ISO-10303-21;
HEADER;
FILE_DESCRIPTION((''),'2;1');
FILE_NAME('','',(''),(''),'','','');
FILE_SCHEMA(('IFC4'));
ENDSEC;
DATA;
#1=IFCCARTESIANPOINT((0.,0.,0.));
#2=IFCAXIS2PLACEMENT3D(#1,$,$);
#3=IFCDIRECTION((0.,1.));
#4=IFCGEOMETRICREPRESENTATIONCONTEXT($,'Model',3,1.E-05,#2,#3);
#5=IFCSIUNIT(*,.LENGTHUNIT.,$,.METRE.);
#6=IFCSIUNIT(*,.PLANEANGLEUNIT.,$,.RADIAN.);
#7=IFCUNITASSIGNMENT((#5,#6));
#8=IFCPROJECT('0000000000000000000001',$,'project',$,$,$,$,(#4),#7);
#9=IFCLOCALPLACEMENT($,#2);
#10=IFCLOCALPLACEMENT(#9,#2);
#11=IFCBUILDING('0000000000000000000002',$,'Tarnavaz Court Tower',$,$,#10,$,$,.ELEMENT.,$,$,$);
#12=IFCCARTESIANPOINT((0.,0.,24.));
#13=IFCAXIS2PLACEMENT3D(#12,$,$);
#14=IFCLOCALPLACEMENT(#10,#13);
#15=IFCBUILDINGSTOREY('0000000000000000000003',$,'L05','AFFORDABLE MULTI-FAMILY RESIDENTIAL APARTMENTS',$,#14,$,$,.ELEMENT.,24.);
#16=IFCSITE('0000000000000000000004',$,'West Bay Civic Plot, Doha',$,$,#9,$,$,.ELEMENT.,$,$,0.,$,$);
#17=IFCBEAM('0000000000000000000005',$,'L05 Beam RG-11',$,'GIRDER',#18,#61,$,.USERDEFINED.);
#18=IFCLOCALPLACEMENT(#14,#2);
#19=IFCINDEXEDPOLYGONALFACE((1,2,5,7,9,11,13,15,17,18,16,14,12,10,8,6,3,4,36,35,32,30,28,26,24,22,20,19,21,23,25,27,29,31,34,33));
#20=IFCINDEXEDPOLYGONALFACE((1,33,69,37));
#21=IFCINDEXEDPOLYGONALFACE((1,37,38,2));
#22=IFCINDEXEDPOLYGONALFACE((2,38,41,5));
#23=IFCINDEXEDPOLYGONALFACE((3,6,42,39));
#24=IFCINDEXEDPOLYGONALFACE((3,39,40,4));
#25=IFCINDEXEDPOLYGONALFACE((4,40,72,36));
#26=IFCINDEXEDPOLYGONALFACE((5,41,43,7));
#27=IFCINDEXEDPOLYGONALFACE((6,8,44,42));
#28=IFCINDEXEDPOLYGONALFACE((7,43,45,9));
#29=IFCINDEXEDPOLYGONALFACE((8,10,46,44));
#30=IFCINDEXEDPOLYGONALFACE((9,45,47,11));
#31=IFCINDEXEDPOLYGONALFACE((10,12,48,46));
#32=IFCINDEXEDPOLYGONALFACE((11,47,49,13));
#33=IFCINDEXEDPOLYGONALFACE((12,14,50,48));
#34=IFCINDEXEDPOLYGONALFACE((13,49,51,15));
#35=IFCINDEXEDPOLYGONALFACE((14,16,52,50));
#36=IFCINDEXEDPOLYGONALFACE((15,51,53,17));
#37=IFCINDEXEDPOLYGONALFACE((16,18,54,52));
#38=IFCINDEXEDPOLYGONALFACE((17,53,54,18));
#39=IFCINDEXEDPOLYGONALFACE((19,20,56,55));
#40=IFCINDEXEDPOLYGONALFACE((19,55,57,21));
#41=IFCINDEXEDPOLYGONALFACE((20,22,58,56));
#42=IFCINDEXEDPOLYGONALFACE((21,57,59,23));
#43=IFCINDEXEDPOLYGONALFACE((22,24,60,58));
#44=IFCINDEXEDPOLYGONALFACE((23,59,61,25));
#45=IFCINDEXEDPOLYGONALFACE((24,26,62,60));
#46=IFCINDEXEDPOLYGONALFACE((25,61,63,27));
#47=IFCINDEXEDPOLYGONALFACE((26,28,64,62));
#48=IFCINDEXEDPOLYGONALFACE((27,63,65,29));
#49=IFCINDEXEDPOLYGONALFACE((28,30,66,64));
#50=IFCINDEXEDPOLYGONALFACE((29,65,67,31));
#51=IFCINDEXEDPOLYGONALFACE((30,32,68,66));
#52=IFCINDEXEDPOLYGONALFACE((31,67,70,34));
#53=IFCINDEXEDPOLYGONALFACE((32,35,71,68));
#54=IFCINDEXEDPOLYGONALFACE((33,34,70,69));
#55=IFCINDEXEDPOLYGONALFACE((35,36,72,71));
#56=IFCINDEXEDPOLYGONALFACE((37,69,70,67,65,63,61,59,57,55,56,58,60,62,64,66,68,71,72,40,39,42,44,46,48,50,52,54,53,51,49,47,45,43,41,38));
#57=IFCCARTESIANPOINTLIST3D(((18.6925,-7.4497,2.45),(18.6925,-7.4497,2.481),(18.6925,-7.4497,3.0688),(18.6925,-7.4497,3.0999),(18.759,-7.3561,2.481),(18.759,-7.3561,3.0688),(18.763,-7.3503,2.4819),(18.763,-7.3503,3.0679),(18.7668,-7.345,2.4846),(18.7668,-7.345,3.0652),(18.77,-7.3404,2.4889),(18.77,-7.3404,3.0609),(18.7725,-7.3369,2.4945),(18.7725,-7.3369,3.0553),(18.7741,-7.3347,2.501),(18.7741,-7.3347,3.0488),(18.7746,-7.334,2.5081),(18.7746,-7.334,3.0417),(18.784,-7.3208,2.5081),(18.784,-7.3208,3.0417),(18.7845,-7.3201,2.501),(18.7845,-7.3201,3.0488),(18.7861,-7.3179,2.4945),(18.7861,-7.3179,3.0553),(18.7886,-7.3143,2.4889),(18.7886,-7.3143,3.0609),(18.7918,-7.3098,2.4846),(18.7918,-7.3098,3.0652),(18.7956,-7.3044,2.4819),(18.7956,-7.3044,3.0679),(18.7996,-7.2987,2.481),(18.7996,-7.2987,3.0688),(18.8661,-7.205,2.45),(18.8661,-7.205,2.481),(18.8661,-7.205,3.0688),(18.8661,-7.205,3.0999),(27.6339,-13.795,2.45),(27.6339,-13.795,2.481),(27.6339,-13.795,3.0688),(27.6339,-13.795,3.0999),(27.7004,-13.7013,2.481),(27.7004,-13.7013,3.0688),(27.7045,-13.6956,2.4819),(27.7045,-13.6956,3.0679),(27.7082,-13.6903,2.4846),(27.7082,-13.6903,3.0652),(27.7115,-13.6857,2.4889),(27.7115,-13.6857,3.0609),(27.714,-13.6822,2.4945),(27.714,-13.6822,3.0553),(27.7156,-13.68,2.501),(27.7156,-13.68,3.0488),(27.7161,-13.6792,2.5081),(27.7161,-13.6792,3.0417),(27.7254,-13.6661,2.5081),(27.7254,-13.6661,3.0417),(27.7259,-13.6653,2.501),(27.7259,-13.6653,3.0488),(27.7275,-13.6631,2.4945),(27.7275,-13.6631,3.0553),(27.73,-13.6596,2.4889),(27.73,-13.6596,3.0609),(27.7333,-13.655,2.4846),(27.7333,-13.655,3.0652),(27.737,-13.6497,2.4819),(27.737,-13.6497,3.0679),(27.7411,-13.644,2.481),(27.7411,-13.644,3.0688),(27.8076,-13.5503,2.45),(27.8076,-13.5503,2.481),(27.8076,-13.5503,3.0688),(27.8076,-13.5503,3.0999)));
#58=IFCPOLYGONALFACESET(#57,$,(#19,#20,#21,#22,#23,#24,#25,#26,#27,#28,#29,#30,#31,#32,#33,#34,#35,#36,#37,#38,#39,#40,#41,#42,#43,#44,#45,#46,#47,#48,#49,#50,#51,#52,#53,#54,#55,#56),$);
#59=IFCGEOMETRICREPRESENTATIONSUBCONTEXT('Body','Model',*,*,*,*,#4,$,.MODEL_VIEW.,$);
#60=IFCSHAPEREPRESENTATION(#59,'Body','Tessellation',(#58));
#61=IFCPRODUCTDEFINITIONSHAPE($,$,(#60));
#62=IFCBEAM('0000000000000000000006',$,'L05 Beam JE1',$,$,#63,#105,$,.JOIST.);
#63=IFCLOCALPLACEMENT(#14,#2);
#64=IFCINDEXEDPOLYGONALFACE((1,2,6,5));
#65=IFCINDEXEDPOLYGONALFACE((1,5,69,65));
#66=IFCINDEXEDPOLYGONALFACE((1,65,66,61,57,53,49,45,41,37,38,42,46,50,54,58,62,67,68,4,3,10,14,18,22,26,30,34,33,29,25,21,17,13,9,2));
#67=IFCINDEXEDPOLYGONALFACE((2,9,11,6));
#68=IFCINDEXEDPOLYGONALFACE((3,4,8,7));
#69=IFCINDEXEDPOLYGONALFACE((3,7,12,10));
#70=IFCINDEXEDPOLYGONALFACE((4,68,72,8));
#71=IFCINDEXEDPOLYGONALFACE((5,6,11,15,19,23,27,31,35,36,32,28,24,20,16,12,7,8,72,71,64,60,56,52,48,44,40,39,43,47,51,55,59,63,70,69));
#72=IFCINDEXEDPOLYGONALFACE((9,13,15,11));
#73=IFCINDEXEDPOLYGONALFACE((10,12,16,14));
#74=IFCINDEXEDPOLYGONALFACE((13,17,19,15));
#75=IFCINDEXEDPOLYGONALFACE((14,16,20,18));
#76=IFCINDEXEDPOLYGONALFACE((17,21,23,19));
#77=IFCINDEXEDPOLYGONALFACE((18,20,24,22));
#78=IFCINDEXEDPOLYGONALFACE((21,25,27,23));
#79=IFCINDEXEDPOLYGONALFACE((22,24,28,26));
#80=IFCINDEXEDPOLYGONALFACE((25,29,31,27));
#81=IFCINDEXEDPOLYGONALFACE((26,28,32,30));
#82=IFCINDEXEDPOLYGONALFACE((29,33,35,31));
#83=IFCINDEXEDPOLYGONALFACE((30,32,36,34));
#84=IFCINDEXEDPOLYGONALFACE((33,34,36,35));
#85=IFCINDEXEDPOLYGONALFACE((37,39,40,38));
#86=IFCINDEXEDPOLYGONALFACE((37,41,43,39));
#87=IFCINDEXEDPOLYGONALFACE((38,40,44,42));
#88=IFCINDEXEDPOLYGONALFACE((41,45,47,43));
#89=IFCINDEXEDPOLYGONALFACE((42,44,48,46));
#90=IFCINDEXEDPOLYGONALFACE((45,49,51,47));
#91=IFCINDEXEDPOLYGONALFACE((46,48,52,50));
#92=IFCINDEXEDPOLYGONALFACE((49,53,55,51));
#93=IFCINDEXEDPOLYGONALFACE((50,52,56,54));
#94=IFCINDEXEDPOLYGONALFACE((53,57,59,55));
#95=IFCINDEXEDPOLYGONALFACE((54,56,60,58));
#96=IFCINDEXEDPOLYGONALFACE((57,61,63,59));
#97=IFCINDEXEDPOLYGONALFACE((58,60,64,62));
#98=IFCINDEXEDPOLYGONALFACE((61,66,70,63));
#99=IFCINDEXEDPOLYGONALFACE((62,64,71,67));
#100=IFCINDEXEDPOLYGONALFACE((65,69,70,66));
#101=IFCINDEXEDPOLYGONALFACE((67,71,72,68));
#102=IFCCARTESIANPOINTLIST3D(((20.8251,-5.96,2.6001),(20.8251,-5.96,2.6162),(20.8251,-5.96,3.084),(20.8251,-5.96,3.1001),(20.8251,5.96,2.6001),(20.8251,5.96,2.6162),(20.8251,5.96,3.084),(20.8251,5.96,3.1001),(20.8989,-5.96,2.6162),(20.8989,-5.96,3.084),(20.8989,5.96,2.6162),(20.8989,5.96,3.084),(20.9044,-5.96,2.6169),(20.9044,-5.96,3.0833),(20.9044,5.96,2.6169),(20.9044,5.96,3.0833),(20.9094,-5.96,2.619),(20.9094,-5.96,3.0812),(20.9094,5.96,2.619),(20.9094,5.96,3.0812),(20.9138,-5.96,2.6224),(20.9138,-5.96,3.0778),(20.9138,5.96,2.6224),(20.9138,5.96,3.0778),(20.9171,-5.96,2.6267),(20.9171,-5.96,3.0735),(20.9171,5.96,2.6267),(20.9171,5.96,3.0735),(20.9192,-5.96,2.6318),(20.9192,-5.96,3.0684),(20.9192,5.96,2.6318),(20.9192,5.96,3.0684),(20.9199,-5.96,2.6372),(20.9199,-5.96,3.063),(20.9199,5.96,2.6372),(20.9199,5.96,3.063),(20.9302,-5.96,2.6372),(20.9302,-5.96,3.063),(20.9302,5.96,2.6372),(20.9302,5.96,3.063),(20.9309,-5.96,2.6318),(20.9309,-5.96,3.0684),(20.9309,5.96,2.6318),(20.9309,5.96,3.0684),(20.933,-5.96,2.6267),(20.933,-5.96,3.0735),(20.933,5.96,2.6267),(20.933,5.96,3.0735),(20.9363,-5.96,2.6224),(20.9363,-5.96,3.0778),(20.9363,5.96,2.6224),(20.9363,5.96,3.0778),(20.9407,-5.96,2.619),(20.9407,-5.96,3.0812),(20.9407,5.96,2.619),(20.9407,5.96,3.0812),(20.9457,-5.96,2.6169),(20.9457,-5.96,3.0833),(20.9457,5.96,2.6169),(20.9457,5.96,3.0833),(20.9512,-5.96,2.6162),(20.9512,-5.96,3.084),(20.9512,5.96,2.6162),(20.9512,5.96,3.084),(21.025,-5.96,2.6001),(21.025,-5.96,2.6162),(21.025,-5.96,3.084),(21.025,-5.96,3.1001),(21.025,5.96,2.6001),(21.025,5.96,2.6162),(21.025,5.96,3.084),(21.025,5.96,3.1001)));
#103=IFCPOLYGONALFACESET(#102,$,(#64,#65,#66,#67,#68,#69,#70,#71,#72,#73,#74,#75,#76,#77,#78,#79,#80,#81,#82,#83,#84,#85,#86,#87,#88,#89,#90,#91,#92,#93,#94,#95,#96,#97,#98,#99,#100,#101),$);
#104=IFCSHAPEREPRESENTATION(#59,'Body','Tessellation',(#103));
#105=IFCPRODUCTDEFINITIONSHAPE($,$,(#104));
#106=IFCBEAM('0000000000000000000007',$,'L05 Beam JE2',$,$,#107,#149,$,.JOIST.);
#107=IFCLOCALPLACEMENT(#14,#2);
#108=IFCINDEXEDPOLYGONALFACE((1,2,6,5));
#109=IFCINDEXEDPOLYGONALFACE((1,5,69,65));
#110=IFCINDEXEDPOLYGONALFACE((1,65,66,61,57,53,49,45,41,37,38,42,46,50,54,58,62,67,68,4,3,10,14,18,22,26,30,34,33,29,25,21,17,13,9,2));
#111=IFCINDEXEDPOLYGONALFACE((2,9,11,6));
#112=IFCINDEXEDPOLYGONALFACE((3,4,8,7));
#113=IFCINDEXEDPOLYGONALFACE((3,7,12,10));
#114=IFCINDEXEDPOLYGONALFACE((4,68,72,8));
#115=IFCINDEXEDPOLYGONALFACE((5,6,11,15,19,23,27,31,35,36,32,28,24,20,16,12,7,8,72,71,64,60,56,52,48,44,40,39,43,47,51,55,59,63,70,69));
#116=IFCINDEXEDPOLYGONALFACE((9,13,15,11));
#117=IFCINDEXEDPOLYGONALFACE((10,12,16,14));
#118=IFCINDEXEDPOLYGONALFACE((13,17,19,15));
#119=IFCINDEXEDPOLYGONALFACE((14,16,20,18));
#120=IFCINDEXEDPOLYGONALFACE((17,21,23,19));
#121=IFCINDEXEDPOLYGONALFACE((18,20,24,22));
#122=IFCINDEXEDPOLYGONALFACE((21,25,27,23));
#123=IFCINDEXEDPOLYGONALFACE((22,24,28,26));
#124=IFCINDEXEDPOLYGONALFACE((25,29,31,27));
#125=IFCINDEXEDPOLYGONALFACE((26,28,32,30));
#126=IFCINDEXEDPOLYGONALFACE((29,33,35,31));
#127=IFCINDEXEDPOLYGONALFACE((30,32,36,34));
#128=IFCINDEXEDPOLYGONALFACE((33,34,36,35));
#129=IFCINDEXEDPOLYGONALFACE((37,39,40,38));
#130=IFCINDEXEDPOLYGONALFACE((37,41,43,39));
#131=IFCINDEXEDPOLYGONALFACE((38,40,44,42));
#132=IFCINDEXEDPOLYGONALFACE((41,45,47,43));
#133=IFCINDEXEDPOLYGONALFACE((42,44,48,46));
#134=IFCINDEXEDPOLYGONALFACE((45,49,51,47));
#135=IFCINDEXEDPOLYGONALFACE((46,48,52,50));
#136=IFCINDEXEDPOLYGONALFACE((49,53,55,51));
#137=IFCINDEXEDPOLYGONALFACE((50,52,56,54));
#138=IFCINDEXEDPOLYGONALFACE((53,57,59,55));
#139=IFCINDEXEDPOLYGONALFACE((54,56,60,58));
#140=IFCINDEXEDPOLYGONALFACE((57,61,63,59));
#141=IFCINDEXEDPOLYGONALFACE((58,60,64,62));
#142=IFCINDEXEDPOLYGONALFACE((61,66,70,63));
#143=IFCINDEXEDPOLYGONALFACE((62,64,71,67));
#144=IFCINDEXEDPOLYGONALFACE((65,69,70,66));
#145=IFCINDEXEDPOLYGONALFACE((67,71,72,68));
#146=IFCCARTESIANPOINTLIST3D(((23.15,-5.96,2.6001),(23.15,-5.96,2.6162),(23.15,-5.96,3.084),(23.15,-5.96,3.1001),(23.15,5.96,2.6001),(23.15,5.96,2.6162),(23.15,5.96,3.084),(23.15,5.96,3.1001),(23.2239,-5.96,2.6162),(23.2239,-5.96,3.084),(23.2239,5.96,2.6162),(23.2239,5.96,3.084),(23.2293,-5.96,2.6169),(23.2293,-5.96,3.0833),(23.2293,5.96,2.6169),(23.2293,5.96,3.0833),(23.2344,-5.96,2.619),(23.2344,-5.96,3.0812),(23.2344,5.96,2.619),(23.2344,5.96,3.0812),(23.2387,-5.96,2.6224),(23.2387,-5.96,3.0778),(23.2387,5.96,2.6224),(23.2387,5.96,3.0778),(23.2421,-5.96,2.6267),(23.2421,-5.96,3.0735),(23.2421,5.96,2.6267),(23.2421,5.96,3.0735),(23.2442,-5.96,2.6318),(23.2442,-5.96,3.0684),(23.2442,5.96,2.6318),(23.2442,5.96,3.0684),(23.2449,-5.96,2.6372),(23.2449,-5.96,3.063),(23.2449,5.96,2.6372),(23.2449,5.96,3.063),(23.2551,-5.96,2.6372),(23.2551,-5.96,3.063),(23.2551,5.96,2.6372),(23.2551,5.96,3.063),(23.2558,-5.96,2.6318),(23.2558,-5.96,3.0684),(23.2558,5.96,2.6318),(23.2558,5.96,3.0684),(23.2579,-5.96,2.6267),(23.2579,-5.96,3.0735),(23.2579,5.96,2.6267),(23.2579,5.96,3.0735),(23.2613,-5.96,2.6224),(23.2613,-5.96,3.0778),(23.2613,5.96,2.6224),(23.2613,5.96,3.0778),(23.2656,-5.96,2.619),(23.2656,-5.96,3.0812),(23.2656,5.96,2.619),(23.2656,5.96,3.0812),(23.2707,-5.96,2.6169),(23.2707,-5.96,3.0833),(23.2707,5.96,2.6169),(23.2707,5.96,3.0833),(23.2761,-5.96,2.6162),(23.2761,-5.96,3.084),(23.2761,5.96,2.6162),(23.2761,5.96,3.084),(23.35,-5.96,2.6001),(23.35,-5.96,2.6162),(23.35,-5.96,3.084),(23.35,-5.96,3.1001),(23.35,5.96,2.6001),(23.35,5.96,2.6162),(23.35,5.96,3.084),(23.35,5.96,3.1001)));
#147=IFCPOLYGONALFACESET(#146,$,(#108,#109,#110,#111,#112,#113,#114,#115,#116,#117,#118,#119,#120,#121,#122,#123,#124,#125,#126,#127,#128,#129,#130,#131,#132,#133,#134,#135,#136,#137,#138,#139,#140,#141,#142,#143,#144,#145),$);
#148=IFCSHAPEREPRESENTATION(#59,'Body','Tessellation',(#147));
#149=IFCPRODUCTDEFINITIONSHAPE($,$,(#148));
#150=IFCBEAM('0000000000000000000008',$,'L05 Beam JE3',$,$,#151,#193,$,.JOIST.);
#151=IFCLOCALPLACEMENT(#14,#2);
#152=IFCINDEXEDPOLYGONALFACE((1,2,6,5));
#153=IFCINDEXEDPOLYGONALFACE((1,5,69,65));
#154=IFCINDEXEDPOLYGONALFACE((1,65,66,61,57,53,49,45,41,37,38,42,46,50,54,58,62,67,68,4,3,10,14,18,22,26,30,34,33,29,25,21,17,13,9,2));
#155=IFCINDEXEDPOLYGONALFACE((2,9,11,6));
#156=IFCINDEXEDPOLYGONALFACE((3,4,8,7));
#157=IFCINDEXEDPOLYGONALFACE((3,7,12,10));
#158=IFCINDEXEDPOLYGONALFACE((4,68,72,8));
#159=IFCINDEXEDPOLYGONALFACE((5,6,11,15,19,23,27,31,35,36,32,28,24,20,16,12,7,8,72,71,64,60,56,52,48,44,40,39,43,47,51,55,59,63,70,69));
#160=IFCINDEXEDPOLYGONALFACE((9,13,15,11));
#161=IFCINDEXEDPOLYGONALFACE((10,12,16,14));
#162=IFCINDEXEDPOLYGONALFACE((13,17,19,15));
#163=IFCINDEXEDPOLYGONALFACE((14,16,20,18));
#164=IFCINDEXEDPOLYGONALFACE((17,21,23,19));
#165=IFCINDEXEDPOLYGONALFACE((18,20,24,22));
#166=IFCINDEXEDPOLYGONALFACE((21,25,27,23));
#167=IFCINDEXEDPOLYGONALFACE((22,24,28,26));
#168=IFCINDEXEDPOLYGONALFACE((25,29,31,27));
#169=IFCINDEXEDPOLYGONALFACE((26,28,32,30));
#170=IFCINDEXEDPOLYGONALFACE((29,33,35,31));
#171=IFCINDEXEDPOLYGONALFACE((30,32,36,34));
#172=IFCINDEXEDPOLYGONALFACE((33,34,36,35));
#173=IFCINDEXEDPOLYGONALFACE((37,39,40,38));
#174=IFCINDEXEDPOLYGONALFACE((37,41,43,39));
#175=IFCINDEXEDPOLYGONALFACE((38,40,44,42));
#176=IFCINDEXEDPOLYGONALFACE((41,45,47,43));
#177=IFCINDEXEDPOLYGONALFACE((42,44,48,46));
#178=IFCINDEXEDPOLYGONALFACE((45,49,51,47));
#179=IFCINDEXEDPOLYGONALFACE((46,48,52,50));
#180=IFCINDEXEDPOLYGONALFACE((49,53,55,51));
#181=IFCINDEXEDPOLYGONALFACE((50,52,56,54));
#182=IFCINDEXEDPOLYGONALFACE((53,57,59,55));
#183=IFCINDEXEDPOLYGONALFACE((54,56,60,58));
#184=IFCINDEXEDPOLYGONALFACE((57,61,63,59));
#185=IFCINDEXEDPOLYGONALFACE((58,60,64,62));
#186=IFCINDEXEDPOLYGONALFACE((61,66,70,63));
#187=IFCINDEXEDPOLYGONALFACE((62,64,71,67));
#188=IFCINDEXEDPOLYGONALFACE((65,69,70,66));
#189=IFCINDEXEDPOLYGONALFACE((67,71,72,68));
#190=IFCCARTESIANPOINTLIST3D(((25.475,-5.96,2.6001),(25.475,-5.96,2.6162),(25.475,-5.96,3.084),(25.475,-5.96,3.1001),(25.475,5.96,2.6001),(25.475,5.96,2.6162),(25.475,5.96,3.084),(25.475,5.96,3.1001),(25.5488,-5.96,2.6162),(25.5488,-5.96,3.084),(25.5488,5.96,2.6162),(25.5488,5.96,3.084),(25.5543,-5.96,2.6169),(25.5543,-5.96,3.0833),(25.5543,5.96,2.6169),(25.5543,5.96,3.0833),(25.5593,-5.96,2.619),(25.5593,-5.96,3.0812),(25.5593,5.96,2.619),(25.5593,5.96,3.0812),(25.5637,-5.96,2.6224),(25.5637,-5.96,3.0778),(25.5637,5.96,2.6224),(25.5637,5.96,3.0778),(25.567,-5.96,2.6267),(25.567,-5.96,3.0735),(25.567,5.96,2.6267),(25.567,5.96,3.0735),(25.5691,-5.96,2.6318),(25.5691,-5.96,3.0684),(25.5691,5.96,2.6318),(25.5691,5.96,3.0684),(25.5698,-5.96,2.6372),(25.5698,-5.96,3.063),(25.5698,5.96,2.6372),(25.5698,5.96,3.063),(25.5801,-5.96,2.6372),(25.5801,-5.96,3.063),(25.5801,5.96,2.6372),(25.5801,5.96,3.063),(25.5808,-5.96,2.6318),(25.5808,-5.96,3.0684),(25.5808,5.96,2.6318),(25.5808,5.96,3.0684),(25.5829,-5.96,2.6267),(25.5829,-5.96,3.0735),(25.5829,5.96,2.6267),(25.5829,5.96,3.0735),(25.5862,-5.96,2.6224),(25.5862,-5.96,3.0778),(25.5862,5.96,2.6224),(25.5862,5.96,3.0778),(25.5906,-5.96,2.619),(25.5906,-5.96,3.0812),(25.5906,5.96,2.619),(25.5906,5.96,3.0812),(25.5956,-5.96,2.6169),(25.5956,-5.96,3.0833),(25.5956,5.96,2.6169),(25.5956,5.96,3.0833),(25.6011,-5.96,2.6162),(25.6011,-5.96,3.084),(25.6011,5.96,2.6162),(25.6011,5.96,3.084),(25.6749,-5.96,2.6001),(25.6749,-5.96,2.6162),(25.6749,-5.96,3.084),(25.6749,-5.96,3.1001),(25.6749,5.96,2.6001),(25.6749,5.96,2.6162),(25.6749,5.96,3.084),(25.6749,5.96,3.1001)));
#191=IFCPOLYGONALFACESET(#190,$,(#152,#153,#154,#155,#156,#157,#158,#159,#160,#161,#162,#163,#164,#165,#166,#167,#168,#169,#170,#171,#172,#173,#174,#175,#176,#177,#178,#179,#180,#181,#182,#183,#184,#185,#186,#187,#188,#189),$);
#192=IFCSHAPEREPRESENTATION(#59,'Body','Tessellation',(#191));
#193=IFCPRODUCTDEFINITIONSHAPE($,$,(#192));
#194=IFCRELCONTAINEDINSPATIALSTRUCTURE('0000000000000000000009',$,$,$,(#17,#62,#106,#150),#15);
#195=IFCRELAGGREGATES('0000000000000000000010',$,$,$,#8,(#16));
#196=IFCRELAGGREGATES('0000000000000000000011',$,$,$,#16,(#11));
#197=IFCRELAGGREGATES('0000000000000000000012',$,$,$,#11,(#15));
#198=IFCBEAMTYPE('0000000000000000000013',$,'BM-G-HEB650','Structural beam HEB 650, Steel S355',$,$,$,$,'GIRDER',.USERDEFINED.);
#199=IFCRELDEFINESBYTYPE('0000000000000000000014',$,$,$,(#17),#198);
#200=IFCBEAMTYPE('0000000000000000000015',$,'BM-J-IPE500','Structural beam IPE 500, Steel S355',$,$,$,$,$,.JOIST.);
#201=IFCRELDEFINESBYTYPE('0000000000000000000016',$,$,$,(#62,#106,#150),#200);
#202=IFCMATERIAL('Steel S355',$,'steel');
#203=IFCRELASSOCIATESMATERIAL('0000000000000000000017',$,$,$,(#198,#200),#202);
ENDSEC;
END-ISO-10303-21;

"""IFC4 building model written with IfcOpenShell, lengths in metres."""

from ifc_helpers import new_model, si_unit, direction, frame, origin, origin_2d, place, context, subcontext, project, spatial, i_section, extrude, material, material_profile, profile_set, type_object, element, save


model = new_model("IFC4")

# Units and contexts
model_context = context("Model", 3, precision=1e-05, world=origin(), true_north=direction((0.0, 1.0)))
body_context = subcontext(model_context, "Body", "Model", "MODEL_VIEW")
ifc_project = project(units=[si_unit("LENGTHUNIT", "METRE"), si_unit("PLANEANGLEUNIT", "RADIAN")], contexts=[model_context])

# Site, building, storey
site_placement = place(None, origin())
site = spatial("IfcSite", under=ifc_project, at=site_placement, Name="West Bay Civic Plot, Doha", CompositionType="ELEMENT", RefElevation=0.0)
building_placement = place(site_placement, origin())
building = spatial("IfcBuilding", under=site, at=building_placement, Name="Tarnavaz Court Tower", CompositionType="ELEMENT")
storey_placement = place(building_placement, frame((0.0, 0.0, 24.0)))
storey = spatial("IfcBuildingStorey", under=building, at=storey_placement, Name="L05", Description="AFFORDABLE MULTI-FAMILY RESIDENTIAL APARTMENTS", CompositionType="ELEMENT", Elevation=24.0)

# Beams
ifc_material_1 = material(Name="Steel S355", Category="steel")
ifc_material_profile_1 = material_profile(ifc_material_1, i_section(OverallWidth=0.3, OverallDepth=0.6499, WebThickness=0.0161, FlangeThickness=0.031, FilletRadius=0.0271, at=origin_2d()), Name="HEB 650")
ifc_profile_set_1 = profile_set([ifc_material_profile_1], Name="Steel S355")
beam_type_1 = type_object("IfcBeamType", Name="BM-G-HEB650", Description="Structural beam HEB 650, Steel S355", ElementType="GIRDER", PredefinedType="USERDEFINED", material=ifc_profile_set_1)
beam_1_placement = place(storey_placement, frame((18.7793, -7.3274, 2.7749), z_axis=(0.81552, -0.578729, 0.0), x_axis=(0.578729, 0.81552, 0.0)))
element("IfcBeam", 1, at=beam_1_placement, inside=storey, type_object=beam_type_1, Name="L05 Beam RG-11", ObjectType="GIRDER", PredefinedType="USERDEFINED", context=body_context, shape_type="SweptSolid", body=[
    extrude(i_section(OverallWidth=0.3, OverallDepth=0.6499, WebThickness=0.0161, FlangeThickness=0.031, FilletRadius=0.0271, at=origin_2d()), origin(), (0.0, 0.0, 1.0), 10.9641),
])
ifc_material_profile_2 = material_profile(ifc_material_1, i_section(OverallWidth=0.2, OverallDepth=0.5, WebThickness=0.0103, FlangeThickness=0.0161, FilletRadius=0.021, at=origin_2d()), Name="IPE 500")
ifc_profile_set_2 = profile_set([ifc_material_profile_2], Name="Steel S355")
beam_type_2 = type_object("IfcBeamType", Name="BM-J-IPE500", Description="Structural beam IPE 500, Steel S355", PredefinedType="JOIST", material=ifc_profile_set_2)
for number, where, z_axis, x_axis, name in (
    (2, (20.925, -5.96, 2.8501), (0.0, 1.0, 0.0), (-1.0, 0.0, 0.0), "L05 Beam JE1"),
    (3, (23.25, -5.96, 2.8501), (0.0, 1.0, 0.0), (-1.0, 0.0, 0.0), "L05 Beam JE2"),
    (4, (25.575, -5.96, 2.8501), (0.0, 1.0, 0.0), (-1.0, 0.0, 0.0), "L05 Beam JE3"),
):
    element("IfcBeam", number, at=place(storey_placement, frame(where, z_axis=z_axis, x_axis=x_axis)), inside=storey, type_object=beam_type_2, Name=name, PredefinedType="JOIST", context=body_context, shape_type="SweptSolid", body=[
        extrude(i_section(OverallWidth=0.2, OverallDepth=0.5, WebThickness=0.0103, FlangeThickness=0.0161, FilletRadius=0.021, at=origin_2d()), origin(), (0.0, 0.0, 1.0), 11.9199),
    ])

save(model, "model.ifc")
